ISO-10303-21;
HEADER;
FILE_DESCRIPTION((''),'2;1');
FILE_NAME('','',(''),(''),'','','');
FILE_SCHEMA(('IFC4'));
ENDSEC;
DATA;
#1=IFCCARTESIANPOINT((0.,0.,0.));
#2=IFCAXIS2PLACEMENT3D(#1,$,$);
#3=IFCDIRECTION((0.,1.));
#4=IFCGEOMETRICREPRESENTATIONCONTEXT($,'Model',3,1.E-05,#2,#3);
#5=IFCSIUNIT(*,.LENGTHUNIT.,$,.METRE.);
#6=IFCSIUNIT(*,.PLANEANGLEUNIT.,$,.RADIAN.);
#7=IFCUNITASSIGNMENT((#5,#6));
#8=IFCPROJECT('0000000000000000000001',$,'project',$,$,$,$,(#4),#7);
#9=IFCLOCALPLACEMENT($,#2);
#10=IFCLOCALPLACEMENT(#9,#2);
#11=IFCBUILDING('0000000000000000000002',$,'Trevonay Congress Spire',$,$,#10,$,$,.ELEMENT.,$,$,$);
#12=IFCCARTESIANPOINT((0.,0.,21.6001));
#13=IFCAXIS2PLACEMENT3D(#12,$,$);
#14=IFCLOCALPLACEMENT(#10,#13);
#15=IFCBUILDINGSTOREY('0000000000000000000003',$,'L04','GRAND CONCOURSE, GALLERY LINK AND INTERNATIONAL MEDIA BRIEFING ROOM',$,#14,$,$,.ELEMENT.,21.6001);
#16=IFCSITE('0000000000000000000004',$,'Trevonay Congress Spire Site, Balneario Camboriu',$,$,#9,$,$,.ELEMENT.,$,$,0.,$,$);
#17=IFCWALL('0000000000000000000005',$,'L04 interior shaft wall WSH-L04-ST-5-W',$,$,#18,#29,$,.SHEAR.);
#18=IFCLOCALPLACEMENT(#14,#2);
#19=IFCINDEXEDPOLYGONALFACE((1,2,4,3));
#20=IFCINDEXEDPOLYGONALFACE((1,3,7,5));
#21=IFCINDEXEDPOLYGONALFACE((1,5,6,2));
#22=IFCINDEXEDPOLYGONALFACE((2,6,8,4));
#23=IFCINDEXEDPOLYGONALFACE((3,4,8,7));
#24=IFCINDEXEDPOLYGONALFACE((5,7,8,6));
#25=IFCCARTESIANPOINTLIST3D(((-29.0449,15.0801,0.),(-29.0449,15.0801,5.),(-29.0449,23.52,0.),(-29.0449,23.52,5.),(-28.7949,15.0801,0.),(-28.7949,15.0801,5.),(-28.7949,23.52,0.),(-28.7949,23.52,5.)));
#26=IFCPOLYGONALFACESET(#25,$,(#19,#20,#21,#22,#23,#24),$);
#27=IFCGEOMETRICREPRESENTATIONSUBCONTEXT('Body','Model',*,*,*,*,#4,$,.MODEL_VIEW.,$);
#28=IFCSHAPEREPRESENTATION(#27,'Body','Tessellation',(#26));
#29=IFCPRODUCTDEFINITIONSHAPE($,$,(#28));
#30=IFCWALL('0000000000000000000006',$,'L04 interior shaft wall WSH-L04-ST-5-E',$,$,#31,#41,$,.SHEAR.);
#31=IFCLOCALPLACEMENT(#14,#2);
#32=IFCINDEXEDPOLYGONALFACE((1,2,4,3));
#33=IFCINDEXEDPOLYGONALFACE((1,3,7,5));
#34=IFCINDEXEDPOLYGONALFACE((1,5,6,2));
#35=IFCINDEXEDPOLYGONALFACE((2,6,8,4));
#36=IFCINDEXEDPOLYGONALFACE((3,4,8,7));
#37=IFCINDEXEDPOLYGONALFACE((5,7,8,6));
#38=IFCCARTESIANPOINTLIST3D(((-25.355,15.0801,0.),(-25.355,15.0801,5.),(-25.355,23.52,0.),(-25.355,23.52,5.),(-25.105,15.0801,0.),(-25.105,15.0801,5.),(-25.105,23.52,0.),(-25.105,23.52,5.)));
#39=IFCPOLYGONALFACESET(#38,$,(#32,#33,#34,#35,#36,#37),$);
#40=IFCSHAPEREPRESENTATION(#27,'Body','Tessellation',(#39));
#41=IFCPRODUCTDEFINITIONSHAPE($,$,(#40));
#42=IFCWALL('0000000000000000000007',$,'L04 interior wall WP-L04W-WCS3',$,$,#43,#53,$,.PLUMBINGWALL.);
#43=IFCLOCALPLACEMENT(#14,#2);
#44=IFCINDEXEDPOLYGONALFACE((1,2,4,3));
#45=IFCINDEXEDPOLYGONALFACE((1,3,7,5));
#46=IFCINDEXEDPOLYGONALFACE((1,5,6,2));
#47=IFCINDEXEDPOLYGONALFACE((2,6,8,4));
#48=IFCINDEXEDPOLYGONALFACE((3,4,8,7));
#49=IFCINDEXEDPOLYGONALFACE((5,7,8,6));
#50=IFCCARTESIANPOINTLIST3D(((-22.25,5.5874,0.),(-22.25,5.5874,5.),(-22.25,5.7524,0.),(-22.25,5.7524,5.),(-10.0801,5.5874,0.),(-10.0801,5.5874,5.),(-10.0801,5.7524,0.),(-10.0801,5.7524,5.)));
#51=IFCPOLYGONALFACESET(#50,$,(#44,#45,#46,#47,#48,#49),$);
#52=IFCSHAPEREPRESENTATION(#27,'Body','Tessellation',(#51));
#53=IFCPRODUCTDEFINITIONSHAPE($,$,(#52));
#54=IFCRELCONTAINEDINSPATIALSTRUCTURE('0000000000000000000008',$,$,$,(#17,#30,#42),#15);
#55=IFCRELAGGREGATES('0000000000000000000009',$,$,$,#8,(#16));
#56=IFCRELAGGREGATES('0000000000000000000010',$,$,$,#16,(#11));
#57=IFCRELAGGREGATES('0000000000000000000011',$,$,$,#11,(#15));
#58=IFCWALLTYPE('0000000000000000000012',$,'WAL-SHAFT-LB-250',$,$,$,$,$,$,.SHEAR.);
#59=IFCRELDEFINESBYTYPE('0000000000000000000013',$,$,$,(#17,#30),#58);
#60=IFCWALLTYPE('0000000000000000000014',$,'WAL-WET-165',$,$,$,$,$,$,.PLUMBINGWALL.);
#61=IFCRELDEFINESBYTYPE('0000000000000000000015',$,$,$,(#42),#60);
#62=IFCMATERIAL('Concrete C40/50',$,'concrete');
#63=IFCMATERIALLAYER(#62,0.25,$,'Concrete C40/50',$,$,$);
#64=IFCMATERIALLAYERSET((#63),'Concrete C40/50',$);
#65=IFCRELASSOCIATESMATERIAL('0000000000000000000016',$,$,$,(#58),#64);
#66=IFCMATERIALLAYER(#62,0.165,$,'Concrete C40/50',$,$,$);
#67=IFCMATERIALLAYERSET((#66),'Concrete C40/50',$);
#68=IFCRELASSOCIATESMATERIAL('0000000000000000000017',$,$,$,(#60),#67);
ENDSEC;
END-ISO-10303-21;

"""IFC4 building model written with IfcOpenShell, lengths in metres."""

from ifc_helpers import new_model, si_unit, direction, frame, frame_2d, origin, place, context, subcontext, project, spatial, rectangle, extrude, material, layer, layer_set, type_object, element, save


model = new_model("IFC4")

# Units and contexts
model_context = context("Model", 3, precision=1e-05, world=origin(), true_north=direction((0.0, 1.0)))
body_context = subcontext(model_context, "Body", "Model", "MODEL_VIEW")
ifc_project = project(units=[si_unit("LENGTHUNIT", "METRE"), si_unit("PLANEANGLEUNIT", "RADIAN")], contexts=[model_context])

# Site, building, storey
site_placement = place(None, origin())
site = spatial("IfcSite", under=ifc_project, at=site_placement, Name="Trevonay Congress Spire Site, Balneario Camboriu", CompositionType="ELEMENT", RefElevation=0.0)
building_placement = place(site_placement, origin())
building = spatial("IfcBuilding", under=site, at=building_placement, Name="Trevonay Congress Spire", CompositionType="ELEMENT")
storey_placement = place(building_placement, frame((0.0, 0.0, 21.6001)))
storey = spatial("IfcBuildingStorey", under=building, at=storey_placement, Name="L04", Description="GRAND CONCOURSE, GALLERY LINK AND INTERNATIONAL MEDIA BRIEFING ROOM", CompositionType="ELEMENT", Elevation=21.6001)

# Shared definitions
ifc_material_1 = material(Name="Concrete C40/50", Category="concrete")

# Shared definitions
ifc_layer_1 = layer(ifc_material_1, 0.25, Name="Concrete C40/50")
ifc_layer_set_1 = layer_set([ifc_layer_1], Name="Concrete C40/50")
wall_type_1 = type_object("IfcWallType", Name="WAL-SHAFT-LB-250", PredefinedType="SHEAR", material=ifc_layer_set_1)

# Walls
for number, where, z_axis, x_axis, name in (
    (1, (-28.9199, 15.0801, 0.0), (0.0, 0.0, 1.0), (0.0, 1.0, 0.0), "L04 interior shaft wall WSH-L04-ST-5-W"),
    (2, (-25.23, 15.0801, 0.0), (0.0, 0.0, 1.0), (0.0, 1.0, 0.0), "L04 interior shaft wall WSH-L04-ST-5-E"),
):
    element("IfcWall", number, at=place(storey_placement, frame(where, z_axis=z_axis, x_axis=x_axis)), inside=storey, type_object=wall_type_1, Name=name, PredefinedType="SHEAR", context=body_context, shape_type="SweptSolid", body=[
        extrude(rectangle(XDim=8.4399, YDim=0.25, at=frame_2d((4.22, 0.0))), origin(), (0.0, 0.0, 1.0), 5.0),
    ])
ifc_layer_2 = layer(ifc_material_1, 0.165, Name="Concrete C40/50")
ifc_layer_set_2 = layer_set([ifc_layer_2], Name="Concrete C40/50")
wall_type_2 = type_object("IfcWallType", Name="WAL-WET-165", PredefinedType="PLUMBINGWALL", material=ifc_layer_set_2)
wall_1_placement = place(storey_placement, frame((-22.25, 5.6699, 0.0), z_axis=(0.0, 0.0, 1.0), x_axis=(1.0, 0.0, 0.0)))
element("IfcWall", 3, at=wall_1_placement, inside=storey, type_object=wall_type_2, Name="L04 interior wall WP-L04W-WCS3", PredefinedType="PLUMBINGWALL", context=body_context, shape_type="SweptSolid", body=[
    extrude(rectangle(XDim=12.1699, YDim=0.165, at=frame_2d((6.085, 0.0))), origin(), (0.0, 0.0, 1.0), 5.0),
])

save(model, "model.ifc")
